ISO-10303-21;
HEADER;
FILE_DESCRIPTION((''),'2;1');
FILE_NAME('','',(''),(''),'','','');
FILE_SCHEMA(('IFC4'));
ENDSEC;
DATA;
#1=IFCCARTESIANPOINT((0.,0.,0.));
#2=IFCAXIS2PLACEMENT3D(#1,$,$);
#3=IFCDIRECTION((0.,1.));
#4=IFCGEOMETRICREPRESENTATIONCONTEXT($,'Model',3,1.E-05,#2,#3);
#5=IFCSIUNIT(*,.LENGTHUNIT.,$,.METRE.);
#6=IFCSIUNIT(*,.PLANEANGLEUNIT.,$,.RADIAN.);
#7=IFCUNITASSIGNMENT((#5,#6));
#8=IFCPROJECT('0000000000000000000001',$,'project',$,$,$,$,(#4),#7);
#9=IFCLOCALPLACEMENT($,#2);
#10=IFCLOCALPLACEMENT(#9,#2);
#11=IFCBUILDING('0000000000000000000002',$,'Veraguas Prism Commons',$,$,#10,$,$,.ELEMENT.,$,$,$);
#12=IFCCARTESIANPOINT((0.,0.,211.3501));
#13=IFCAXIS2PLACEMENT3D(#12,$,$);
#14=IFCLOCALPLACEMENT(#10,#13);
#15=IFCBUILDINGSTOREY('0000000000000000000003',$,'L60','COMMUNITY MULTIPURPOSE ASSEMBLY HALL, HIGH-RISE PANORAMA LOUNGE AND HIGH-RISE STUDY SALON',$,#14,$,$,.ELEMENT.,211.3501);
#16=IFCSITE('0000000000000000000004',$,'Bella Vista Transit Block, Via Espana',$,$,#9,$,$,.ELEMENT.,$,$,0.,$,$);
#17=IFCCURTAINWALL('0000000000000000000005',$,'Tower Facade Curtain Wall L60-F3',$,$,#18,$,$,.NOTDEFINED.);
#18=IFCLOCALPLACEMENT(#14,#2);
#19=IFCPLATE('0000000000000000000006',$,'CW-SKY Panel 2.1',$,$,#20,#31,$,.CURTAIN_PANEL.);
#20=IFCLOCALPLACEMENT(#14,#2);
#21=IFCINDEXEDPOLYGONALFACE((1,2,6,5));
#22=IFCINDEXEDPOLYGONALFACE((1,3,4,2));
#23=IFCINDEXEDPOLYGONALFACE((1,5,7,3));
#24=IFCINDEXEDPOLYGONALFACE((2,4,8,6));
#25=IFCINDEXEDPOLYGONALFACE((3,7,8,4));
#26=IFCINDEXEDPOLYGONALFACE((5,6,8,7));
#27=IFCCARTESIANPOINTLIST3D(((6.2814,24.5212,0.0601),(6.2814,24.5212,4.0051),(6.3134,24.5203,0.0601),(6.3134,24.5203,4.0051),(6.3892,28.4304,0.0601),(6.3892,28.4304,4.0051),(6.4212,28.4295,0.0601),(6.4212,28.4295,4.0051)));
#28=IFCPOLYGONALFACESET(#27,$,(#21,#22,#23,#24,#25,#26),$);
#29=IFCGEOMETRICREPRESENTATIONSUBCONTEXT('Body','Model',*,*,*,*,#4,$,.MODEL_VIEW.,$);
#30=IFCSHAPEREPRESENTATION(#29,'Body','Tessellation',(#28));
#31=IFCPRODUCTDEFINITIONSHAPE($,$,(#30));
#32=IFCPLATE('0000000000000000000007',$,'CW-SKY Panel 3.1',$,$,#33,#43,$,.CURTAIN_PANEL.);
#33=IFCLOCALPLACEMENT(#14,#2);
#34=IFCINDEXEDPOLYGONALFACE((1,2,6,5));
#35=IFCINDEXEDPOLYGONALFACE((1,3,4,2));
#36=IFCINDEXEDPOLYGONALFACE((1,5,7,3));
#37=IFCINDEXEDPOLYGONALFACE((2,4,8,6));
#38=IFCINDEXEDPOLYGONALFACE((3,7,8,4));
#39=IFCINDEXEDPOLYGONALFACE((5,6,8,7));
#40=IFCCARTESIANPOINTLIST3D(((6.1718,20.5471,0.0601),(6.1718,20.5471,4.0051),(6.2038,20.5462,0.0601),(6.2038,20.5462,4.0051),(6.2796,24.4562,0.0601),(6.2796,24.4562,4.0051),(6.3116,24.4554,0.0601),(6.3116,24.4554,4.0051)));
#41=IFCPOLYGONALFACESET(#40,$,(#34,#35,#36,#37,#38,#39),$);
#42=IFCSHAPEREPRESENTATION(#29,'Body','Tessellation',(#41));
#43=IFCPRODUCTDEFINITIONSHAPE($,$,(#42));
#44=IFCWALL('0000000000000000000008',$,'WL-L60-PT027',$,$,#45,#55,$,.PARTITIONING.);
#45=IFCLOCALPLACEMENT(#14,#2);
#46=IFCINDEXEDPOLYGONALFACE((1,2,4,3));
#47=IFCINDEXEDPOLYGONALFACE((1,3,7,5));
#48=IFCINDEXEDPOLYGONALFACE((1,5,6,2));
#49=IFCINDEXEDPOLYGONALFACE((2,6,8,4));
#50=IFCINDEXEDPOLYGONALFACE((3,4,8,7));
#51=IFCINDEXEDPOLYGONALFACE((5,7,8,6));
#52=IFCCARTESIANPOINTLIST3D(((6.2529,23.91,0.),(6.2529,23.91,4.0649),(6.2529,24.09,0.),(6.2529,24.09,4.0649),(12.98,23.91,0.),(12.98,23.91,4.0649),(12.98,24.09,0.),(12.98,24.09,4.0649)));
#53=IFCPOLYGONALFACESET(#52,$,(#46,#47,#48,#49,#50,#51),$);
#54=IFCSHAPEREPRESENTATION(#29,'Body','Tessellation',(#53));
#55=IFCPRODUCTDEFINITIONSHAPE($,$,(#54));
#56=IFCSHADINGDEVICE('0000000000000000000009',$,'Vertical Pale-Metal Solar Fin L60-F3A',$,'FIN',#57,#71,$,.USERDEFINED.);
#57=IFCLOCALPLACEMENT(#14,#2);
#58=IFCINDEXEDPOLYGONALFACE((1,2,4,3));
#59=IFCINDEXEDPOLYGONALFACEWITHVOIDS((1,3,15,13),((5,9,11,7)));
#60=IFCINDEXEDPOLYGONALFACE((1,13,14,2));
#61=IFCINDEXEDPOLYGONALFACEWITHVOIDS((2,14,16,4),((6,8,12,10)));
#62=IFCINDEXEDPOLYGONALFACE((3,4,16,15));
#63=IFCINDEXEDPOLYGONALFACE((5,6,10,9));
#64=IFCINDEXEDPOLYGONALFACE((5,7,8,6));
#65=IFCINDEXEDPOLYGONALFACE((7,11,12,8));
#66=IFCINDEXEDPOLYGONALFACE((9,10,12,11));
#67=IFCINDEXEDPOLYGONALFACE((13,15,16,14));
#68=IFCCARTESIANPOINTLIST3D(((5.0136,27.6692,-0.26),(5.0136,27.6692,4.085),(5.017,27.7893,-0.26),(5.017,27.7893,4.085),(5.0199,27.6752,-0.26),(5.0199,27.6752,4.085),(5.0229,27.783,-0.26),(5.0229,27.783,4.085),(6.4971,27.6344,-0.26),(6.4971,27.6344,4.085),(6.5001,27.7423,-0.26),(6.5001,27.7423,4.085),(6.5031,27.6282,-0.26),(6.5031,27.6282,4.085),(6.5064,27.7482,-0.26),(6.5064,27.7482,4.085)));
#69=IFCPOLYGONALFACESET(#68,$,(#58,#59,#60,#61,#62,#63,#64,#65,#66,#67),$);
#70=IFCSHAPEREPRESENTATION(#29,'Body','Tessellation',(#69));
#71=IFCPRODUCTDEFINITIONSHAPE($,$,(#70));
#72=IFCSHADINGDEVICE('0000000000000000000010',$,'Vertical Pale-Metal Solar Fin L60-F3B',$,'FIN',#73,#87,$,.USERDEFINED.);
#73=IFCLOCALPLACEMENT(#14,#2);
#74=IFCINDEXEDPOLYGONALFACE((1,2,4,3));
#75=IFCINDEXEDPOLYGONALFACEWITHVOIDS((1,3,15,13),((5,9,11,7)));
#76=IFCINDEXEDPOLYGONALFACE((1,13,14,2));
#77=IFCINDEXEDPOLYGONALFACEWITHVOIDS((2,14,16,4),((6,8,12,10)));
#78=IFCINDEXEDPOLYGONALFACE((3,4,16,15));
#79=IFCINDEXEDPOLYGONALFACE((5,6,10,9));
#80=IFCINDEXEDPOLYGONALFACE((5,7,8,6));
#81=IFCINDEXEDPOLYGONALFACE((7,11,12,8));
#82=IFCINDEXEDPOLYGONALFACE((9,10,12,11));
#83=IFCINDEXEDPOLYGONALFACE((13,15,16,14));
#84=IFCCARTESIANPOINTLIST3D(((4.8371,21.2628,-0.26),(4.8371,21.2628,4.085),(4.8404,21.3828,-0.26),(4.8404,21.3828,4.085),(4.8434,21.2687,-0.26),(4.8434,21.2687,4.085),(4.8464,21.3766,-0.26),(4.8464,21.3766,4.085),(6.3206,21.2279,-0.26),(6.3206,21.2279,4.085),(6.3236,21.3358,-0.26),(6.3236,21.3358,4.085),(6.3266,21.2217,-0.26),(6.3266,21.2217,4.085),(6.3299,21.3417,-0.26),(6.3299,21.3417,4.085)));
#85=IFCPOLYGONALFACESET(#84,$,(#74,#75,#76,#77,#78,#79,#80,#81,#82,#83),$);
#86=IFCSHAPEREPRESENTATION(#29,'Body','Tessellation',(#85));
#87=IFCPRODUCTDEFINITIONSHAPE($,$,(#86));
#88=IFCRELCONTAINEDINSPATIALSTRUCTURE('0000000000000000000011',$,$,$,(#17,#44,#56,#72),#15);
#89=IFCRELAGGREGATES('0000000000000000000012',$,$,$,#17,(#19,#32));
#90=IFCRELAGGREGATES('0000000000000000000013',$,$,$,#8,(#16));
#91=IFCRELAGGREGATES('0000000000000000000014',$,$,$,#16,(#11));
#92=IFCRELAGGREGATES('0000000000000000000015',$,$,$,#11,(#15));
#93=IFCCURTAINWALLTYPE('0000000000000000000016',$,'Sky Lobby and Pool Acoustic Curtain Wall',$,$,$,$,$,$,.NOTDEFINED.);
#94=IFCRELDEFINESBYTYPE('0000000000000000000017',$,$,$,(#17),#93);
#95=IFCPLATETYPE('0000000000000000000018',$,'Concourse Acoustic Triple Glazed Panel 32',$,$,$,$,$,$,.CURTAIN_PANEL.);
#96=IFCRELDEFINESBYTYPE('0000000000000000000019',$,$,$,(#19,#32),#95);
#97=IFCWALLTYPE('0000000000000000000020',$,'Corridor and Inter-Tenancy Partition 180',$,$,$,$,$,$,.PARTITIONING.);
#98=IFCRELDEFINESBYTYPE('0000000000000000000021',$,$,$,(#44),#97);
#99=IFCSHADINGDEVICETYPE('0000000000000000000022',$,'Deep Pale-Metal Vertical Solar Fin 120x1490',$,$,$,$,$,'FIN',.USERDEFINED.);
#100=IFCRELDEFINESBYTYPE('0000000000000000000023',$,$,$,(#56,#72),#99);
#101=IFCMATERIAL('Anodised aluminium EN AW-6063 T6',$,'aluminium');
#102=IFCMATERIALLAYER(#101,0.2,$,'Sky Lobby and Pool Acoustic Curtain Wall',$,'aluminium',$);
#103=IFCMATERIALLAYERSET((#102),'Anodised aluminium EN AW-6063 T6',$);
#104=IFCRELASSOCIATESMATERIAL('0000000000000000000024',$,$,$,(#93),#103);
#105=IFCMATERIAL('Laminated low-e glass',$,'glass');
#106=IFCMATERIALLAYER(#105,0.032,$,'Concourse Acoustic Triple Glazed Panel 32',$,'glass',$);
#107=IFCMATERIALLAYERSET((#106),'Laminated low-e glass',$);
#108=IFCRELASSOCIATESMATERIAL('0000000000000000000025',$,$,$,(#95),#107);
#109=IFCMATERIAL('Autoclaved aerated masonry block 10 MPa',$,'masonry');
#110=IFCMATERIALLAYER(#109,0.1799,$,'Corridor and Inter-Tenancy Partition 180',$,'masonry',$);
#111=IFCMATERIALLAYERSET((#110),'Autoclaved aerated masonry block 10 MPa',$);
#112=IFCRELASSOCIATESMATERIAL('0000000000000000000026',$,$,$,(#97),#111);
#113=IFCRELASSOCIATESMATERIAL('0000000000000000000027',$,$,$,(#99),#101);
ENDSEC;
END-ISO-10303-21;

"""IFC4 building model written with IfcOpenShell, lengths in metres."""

from ifc_helpers import new_model, si_unit, direction, frame, frame_2d, origin, origin_2d, place, context, subcontext, project, spatial, rectangle, hollow_rectangle, extrude, source, transform, mapped, material, layer, layer_set, material_profile, profile_set, type_object, element, aggregate, save


model = new_model("IFC4")

# Units and contexts
model_context = context("Model", 3, precision=1e-05, world=origin(), true_north=direction((0.0, 1.0)))
body_context = subcontext(model_context, "Body", "Model", "MODEL_VIEW")
ifc_project = project(units=[si_unit("LENGTHUNIT", "METRE"), si_unit("PLANEANGLEUNIT", "RADIAN")], contexts=[model_context])

# Site, building, storey
site_placement = place(None, origin())
site = spatial("IfcSite", under=ifc_project, at=site_placement, Name="Bella Vista Transit Block, Via Espana", CompositionType="ELEMENT", RefElevation=0.0)
building_placement = place(site_placement, origin())
building = spatial("IfcBuilding", under=site, at=building_placement, Name="Veraguas Prism Commons", CompositionType="ELEMENT")
storey_placement = place(building_placement, frame((0.0, 0.0, 211.3501)))
storey = spatial("IfcBuildingStorey", under=building, at=storey_placement, Name="L60", Description="COMMUNITY MULTIPURPOSE ASSEMBLY HALL, HIGH-RISE PANORAMA LOUNGE AND HIGH-RISE STUDY SALON", CompositionType="ELEMENT", Elevation=211.3501)

# Curtain wall, plates
ifc_material_1 = material(Name="Anodised aluminium EN AW-6063 T6", Category="aluminium")
ifc_layer_1 = layer(ifc_material_1, 0.2, Name="Sky Lobby and Pool Acoustic Curtain Wall", Category="aluminium")
ifc_layer_set_1 = layer_set([ifc_layer_1], Name="Anodised aluminium EN AW-6063 T6")
curtain_wall_type = type_object("IfcCurtainWallType", Name="Sky Lobby and Pool Acoustic Curtain Wall", PredefinedType="NOTDEFINED", material=ifc_layer_set_1)
curtain_wall_placement = place(storey_placement, origin())
curtain_wall = element("IfcCurtainWall", 1, at=curtain_wall_placement, inside=storey, type_object=curtain_wall_type, Name="Tower Facade Curtain Wall L60-F3", PredefinedType="NOTDEFINED")
ifc_material_2 = material(Name="Laminated low-e glass", Category="glass")
ifc_layer_2 = layer(ifc_material_2, 0.032, Name="Concourse Acoustic Triple Glazed Panel 32", Category="glass")
ifc_layer_set_2 = layer_set([ifc_layer_2], Name="Laminated low-e glass")
plate_type = type_object("IfcPlateType", Name="Concourse Acoustic Triple Glazed Panel 32", PredefinedType="CURTAIN_PANEL", material=ifc_layer_set_2)
shared_shape_1 = source(origin(), body_context, "Body", "SweptSolid", [
    extrude(rectangle(XDim=3.9106, YDim=0.032, at=origin_2d()), origin(), (0.0, 0.0, 1.0), 3.9451),
])
plate_1_placement = place(storey_placement, frame((6.3513, 26.4753, 0.0601), z_axis=(0.0, 0.0, 1.0), x_axis=(-0.027567, -0.99962, 0.0)))
plate_1 = element("IfcPlate", 2, at=plate_1_placement, type_object=plate_type, Name="CW-SKY Panel 2.1", PredefinedType="CURTAIN_PANEL", context=body_context, shape_type="MappedRepresentation", body=[
    mapped(shared_shape_1, transform((0.0, 0.0, 0.0), scale=1.0)),
])
plate_2_placement = place(storey_placement, frame((6.2417, 22.5012, 0.0601), z_axis=(0.0, 0.0, 1.0), x_axis=(-0.027567, -0.99962, 0.0)))
plate_2 = element("IfcPlate", 3, at=plate_2_placement, type_object=plate_type, Name="CW-SKY Panel 3.1", PredefinedType="CURTAIN_PANEL", context=body_context, shape_type="MappedRepresentation", body=[
    mapped(shared_shape_1, transform((0.0, 0.0, 0.0), scale=1.0)),
])
aggregate(curtain_wall, [plate_1, plate_2])

# Wall
ifc_material_3 = material(Name="Autoclaved aerated masonry block 10 MPa", Category="masonry")
ifc_layer_3 = layer(ifc_material_3, 0.1799, Name="Corridor and Inter-Tenancy Partition 180", Category="masonry")
ifc_layer_set_3 = layer_set([ifc_layer_3], Name="Autoclaved aerated masonry block 10 MPa")
wall_type = type_object("IfcWallType", Name="Corridor and Inter-Tenancy Partition 180", PredefinedType="PARTITIONING", material=ifc_layer_set_3)
wall_placement = place(storey_placement, frame((12.98, 24.0, 0.0), z_axis=(0.0, 0.0, 1.0), x_axis=(-1.0, 0.0, 0.0)))
element("IfcWall", 4, at=wall_placement, inside=storey, type_object=wall_type, Name="WL-L60-PT027", PredefinedType="PARTITIONING", context=body_context, shape_type="SweptSolid", body=[
    extrude(rectangle(XDim=6.7271, YDim=0.1799, at=frame_2d((3.3635, 0.0))), origin(), (0.0, 0.0, 1.0), 4.0649),
])

# Shading devices
ifc_material_profile_1 = material_profile(ifc_material_1, hollow_rectangle(XDim=0.1201, YDim=1.49, WallThickness=0.0061, at=origin_2d()), Name="FIN120X1490X6")
ifc_profile_set_1 = profile_set([ifc_material_profile_1], Name="Anodised aluminium EN AW-6063 T6")
shading_device_type = type_object("IfcShadingDeviceType", Name="Deep Pale-Metal Vertical Solar Fin 120x1490", ElementType="FIN", PredefinedType="USERDEFINED", material=ifc_profile_set_1)
for number, where, z_axis, x_axis, name in (
    (5, (5.76, 27.7087, -0.26), (0.0, 0.0, 1.0), (-0.027574, -0.99962, 0.0), "Vertical Pale-Metal Solar Fin L60-F3A"),
    (6, (5.5835, 21.3022, -0.26), (0.0, 0.0, 1.0), (-0.027574, -0.99962, 0.0), "Vertical Pale-Metal Solar Fin L60-F3B"),
):
    element("IfcShadingDevice", number, at=place(storey_placement, frame(where, z_axis=z_axis, x_axis=x_axis)), inside=storey, type_object=shading_device_type, Name=name, ObjectType="FIN", PredefinedType="USERDEFINED", context=body_context, shape_type="SweptSolid", body=[
        extrude(hollow_rectangle(XDim=0.1201, YDim=1.49, WallThickness=0.0061, at=origin_2d()), origin(), (0.0, 0.0, 1.0), 4.345),
    ])

save(model, "model.ifc")
